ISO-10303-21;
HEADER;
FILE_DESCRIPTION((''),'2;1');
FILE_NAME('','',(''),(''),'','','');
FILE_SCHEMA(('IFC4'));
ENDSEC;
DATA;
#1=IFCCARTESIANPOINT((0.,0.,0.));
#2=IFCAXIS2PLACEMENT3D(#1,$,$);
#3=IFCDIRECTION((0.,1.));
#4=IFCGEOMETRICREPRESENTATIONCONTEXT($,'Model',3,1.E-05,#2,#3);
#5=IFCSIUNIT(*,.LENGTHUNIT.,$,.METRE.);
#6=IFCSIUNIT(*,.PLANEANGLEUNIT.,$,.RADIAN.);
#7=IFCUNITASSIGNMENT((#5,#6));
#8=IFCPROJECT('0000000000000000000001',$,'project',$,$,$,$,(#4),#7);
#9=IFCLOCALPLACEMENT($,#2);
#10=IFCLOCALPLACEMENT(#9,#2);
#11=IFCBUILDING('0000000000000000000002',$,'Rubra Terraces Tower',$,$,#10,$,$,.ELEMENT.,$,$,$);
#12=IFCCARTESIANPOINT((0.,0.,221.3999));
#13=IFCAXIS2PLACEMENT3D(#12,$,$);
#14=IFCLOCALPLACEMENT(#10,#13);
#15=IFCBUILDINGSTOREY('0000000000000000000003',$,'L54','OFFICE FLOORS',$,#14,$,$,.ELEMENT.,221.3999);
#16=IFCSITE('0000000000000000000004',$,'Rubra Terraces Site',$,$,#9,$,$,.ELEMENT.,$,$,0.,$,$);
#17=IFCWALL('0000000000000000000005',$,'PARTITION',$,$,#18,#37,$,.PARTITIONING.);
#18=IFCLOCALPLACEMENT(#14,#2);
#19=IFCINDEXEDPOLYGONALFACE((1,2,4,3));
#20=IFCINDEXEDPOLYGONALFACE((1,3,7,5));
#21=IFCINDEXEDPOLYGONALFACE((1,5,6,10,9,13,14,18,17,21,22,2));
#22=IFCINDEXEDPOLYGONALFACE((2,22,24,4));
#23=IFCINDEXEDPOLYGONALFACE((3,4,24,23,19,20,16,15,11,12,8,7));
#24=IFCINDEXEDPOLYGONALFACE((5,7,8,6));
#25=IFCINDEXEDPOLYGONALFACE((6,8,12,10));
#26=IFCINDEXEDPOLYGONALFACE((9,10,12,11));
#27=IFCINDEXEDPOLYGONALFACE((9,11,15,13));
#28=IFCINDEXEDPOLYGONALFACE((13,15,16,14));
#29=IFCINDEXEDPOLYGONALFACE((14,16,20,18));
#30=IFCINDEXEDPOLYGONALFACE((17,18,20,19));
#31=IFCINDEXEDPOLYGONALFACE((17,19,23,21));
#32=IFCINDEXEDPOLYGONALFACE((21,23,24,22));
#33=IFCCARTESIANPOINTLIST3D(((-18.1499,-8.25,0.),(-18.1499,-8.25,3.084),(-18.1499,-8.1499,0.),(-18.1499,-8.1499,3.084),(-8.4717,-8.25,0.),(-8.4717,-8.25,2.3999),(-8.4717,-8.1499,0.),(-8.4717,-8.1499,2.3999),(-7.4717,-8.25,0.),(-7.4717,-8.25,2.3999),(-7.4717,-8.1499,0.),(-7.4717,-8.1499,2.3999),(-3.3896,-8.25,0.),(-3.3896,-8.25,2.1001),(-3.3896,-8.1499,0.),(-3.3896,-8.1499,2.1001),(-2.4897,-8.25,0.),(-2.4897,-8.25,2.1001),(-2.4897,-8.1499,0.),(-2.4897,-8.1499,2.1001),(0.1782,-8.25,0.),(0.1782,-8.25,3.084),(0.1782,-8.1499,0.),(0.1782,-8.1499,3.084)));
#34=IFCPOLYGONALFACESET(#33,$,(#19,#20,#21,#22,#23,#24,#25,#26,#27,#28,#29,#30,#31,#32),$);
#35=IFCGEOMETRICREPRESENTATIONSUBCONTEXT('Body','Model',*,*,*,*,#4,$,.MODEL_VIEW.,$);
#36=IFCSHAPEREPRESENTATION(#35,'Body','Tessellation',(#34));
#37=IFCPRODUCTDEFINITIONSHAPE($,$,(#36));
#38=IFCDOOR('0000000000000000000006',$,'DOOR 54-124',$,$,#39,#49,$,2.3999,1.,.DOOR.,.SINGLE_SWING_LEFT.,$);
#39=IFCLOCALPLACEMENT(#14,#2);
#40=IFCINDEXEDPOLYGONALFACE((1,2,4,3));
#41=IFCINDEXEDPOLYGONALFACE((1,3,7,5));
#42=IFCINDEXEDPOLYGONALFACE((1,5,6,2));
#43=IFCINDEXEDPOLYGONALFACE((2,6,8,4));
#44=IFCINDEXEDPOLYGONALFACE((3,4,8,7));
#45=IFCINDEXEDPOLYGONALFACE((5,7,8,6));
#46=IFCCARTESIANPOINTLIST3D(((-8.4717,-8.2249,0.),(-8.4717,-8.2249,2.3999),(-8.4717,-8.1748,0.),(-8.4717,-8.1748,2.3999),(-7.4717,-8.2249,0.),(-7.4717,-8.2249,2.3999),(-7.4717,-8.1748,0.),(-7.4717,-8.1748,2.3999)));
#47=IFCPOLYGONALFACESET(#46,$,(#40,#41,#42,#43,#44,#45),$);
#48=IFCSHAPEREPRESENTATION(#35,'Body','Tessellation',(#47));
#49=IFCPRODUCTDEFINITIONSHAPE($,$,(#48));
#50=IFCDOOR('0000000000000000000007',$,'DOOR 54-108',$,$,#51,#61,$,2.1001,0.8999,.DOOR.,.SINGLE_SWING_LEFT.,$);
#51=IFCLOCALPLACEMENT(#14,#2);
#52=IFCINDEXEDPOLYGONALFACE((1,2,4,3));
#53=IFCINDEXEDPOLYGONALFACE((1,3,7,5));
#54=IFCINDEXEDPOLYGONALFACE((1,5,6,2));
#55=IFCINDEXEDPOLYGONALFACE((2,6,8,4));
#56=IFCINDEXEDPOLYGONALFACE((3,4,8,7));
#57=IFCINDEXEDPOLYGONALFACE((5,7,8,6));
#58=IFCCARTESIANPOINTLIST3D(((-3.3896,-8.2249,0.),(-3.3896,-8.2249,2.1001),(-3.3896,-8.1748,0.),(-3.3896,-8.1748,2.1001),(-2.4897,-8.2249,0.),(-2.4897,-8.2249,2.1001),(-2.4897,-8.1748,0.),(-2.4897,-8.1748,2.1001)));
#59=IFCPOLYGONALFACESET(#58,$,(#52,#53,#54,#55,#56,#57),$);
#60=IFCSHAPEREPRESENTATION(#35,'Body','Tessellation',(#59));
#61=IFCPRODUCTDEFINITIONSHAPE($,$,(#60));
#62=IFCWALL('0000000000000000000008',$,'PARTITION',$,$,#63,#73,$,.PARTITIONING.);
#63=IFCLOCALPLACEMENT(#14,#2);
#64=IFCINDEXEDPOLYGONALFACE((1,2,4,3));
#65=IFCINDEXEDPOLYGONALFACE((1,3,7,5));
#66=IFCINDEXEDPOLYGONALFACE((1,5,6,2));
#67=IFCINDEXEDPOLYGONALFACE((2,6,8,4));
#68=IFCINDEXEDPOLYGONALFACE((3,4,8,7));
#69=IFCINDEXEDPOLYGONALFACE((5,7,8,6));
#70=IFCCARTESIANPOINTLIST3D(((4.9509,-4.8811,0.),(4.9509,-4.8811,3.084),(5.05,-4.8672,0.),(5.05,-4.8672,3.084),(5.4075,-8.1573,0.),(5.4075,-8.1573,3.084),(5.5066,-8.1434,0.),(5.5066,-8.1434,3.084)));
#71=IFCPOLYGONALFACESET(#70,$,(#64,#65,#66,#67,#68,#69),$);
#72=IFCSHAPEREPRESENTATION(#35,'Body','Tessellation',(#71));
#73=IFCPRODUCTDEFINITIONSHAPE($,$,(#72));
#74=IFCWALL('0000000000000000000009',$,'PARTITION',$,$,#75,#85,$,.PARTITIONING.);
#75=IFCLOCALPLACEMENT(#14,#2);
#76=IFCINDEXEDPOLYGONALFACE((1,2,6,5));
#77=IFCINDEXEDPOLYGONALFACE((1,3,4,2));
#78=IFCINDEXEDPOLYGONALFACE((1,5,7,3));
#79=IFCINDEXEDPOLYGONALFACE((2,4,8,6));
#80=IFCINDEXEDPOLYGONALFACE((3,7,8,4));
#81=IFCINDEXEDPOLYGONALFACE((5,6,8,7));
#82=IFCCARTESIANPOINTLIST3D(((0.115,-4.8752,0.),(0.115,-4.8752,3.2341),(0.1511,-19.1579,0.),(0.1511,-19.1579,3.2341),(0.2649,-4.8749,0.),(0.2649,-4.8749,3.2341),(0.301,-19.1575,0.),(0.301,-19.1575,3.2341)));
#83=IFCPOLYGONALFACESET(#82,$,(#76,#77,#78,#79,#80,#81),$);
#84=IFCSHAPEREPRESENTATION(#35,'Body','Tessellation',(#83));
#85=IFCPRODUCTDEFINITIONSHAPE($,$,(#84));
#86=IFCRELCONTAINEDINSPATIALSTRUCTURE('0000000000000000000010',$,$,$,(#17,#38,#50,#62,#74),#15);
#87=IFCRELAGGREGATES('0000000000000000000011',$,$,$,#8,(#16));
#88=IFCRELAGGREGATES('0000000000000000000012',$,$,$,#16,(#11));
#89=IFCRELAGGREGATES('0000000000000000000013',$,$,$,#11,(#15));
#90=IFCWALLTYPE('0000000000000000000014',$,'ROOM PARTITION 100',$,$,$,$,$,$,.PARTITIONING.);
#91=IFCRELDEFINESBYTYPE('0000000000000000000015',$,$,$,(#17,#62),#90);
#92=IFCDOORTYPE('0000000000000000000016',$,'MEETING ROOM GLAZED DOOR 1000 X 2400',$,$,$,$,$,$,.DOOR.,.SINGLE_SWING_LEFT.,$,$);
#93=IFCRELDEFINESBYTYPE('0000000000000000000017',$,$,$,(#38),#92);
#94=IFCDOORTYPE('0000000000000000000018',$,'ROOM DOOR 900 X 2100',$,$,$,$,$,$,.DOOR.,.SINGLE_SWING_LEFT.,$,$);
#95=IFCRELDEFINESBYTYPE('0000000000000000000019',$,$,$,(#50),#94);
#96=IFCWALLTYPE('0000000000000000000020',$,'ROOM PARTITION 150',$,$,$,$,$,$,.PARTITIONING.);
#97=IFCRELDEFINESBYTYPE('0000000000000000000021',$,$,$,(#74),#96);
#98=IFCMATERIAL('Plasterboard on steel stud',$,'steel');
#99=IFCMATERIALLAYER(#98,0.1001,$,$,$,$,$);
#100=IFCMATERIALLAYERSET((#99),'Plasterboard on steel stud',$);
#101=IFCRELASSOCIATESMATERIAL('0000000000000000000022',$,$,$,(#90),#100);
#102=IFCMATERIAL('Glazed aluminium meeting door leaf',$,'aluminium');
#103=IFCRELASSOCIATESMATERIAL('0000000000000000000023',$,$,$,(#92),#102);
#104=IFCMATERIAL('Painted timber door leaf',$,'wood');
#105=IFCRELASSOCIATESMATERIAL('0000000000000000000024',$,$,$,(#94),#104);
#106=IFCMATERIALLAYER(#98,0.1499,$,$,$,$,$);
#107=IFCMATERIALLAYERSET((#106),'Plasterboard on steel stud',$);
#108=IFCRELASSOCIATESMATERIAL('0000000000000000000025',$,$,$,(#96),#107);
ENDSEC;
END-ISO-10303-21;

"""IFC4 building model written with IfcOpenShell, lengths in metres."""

from ifc_helpers import new_model, si_unit, direction, frame, frame_2d, origin, place, context, subcontext, project, spatial, rectangle, extrude, material, layer, layer_set, type_object, element, fill, save


model = new_model("IFC4")

# Units and contexts
model_context = context("Model", 3, precision=1e-05, world=origin(), true_north=direction((0.0, 1.0)))
body_context = subcontext(model_context, "Body", "Model", "MODEL_VIEW")
ifc_project = project(units=[si_unit("LENGTHUNIT", "METRE"), si_unit("PLANEANGLEUNIT", "RADIAN")], contexts=[model_context])

# Site, building, storey
site_placement = place(None, origin())
site = spatial("IfcSite", under=ifc_project, at=site_placement, Name="Rubra Terraces Site", CompositionType="ELEMENT", RefElevation=0.0)
building_placement = place(site_placement, origin())
building = spatial("IfcBuilding", under=site, at=building_placement, Name="Rubra Terraces Tower", CompositionType="ELEMENT")
storey_placement = place(building_placement, frame((0.0, 0.0, 221.3999)))
storey = spatial("IfcBuildingStorey", under=building, at=storey_placement, Name="L54", Description="OFFICE FLOORS", CompositionType="ELEMENT", Elevation=221.3999)

# Wall, openings, doors
ifc_material_1 = material(Name="Plasterboard on steel stud", Category="steel")
ifc_layer_1 = layer(ifc_material_1, 0.1001)
ifc_layer_set_1 = layer_set([ifc_layer_1], Name="Plasterboard on steel stud")
wall_type_1 = type_object("IfcWallType", Name="ROOM PARTITION 100", PredefinedType="PARTITIONING", material=ifc_layer_set_1)
wall_1_placement = place(storey_placement, frame((0.1782, -8.2, 0.0), z_axis=(0.0, 0.0, 1.0), x_axis=(-1.0, 0.0, 0.0)))
wall_1 = element("IfcWall", 1, at=wall_1_placement, inside=storey, type_object=wall_type_1, Name="PARTITION", PredefinedType="PARTITIONING", context=body_context, shape_type="SweptSolid", body=[
    extrude(rectangle(XDim=18.3281, YDim=0.1001, at=frame_2d((9.1641, 0.0))), origin(), (0.0, 0.0, 1.0), 3.084),
])
opening_1_placement = place(wall_1_placement, frame((2.668, 0.0, 0.0)))
opening_1 = element("IfcOpeningElement", 2, at=opening_1_placement, cuts=wall_1, PredefinedType="OPENING", context=body_context, shape_type="SweptSolid", body=[
    extrude(rectangle(XDim=0.8999, YDim=2.1001, at=frame_2d((0.45, 1.05))), frame((0.0, 0.0601, 0.0), z_axis=(0.0, -1.0, 0.0), x_axis=(1.0, 0.0, 0.0)), (0.0, 0.0, 1.0), 0.1201),
])
opening_2_placement = place(wall_1_placement, frame((7.6499, 0.0, 0.0)))
opening_2 = element("IfcOpeningElement", 3, at=opening_2_placement, cuts=wall_1, PredefinedType="OPENING", context=body_context, shape_type="SweptSolid", body=[
    extrude(rectangle(XDim=1.0, YDim=2.3999, at=frame_2d((0.5, 1.2))), frame((0.0, 0.0601, 0.0), z_axis=(0.0, -1.0, 0.0), x_axis=(1.0, 0.0, 0.0)), (0.0, 0.0, 1.0), 0.1201),
])
ifc_material_2 = material(Name="Glazed aluminium meeting door leaf", Category="aluminium")
door_type_1 = type_object("IfcDoorType", Name="MEETING ROOM GLAZED DOOR 1000 X 2400", OperationType="SINGLE_SWING_LEFT", PredefinedType="DOOR", material=ifc_material_2)
door_1_placement = place(opening_2_placement, origin())
door_1 = element("IfcDoor", 4, at=door_1_placement, inside=storey, type_object=door_type_1, Name="DOOR 54-124", OperationType="SINGLE_SWING_LEFT", OverallHeight=2.3999, OverallWidth=1.0, PredefinedType="DOOR", context=body_context, shape_type="SweptSolid", body=[
    extrude(rectangle(XDim=1.0, YDim=2.3999, at=frame_2d((0.5, 1.2))), frame((0.0, 0.0249, 0.0), z_axis=(0.0, -1.0, 0.0), x_axis=(1.0, 0.0, 0.0)), (0.0, 0.0, 1.0), 0.05),
])
fill(opening_2, door_1)
ifc_material_3 = material(Name="Painted timber door leaf", Category="wood")
door_type_2 = type_object("IfcDoorType", Name="ROOM DOOR 900 X 2100", OperationType="SINGLE_SWING_LEFT", PredefinedType="DOOR", material=ifc_material_3)
door_2_placement = place(opening_1_placement, origin())
door_2 = element("IfcDoor", 5, at=door_2_placement, inside=storey, type_object=door_type_2, Name="DOOR 54-108", OperationType="SINGLE_SWING_LEFT", OverallHeight=2.1001, OverallWidth=0.8999, PredefinedType="DOOR", context=body_context, shape_type="SweptSolid", body=[
    extrude(rectangle(XDim=0.8999, YDim=2.1001, at=frame_2d((0.45, 1.05))), frame((0.0, 0.0249, 0.0), z_axis=(0.0, -1.0, 0.0), x_axis=(1.0, 0.0, 0.0)), (0.0, 0.0, 1.0), 0.05),
])
fill(opening_1, door_2)

# Walls
wall_2_placement = place(storey_placement, frame((5.0005, -4.8743, 0.0), z_axis=(0.0, 0.0, 1.0), x_axis=(0.138021, -0.990429, 0.0)))
element("IfcWall", 6, at=wall_2_placement, inside=storey, type_object=wall_type_1, Name="PARTITION", PredefinedType="PARTITIONING", context=body_context, shape_type="SweptSolid", body=[
    extrude(rectangle(XDim=3.3079, YDim=0.1001, at=frame_2d((1.6538, 0.0))), origin(), (0.0, 0.0, 1.0), 3.084),
])
ifc_layer_2 = layer(ifc_material_1, 0.1499)
ifc_layer_set_2 = layer_set([ifc_layer_2], Name="Plasterboard on steel stud")
wall_type_2 = type_object("IfcWallType", Name="ROOM PARTITION 150", PredefinedType="PARTITIONING", material=ifc_layer_set_2)
wall_3_placement = place(storey_placement, frame((0.2261, -19.1577, 0.0), z_axis=(0.0, 0.0, 1.0), x_axis=(-0.00253, 0.999997, 0.0)))
element("IfcWall", 7, at=wall_3_placement, inside=storey, type_object=wall_type_2, Name="PARTITION", PredefinedType="PARTITIONING", context=body_context, shape_type="SweptSolid", body=[
    extrude(rectangle(XDim=14.2827, YDim=0.1499, at=frame_2d((7.1414, 0.0))), origin(), (0.0, 0.0, 1.0), 3.2341),
])

save(model, "model.ifc")
